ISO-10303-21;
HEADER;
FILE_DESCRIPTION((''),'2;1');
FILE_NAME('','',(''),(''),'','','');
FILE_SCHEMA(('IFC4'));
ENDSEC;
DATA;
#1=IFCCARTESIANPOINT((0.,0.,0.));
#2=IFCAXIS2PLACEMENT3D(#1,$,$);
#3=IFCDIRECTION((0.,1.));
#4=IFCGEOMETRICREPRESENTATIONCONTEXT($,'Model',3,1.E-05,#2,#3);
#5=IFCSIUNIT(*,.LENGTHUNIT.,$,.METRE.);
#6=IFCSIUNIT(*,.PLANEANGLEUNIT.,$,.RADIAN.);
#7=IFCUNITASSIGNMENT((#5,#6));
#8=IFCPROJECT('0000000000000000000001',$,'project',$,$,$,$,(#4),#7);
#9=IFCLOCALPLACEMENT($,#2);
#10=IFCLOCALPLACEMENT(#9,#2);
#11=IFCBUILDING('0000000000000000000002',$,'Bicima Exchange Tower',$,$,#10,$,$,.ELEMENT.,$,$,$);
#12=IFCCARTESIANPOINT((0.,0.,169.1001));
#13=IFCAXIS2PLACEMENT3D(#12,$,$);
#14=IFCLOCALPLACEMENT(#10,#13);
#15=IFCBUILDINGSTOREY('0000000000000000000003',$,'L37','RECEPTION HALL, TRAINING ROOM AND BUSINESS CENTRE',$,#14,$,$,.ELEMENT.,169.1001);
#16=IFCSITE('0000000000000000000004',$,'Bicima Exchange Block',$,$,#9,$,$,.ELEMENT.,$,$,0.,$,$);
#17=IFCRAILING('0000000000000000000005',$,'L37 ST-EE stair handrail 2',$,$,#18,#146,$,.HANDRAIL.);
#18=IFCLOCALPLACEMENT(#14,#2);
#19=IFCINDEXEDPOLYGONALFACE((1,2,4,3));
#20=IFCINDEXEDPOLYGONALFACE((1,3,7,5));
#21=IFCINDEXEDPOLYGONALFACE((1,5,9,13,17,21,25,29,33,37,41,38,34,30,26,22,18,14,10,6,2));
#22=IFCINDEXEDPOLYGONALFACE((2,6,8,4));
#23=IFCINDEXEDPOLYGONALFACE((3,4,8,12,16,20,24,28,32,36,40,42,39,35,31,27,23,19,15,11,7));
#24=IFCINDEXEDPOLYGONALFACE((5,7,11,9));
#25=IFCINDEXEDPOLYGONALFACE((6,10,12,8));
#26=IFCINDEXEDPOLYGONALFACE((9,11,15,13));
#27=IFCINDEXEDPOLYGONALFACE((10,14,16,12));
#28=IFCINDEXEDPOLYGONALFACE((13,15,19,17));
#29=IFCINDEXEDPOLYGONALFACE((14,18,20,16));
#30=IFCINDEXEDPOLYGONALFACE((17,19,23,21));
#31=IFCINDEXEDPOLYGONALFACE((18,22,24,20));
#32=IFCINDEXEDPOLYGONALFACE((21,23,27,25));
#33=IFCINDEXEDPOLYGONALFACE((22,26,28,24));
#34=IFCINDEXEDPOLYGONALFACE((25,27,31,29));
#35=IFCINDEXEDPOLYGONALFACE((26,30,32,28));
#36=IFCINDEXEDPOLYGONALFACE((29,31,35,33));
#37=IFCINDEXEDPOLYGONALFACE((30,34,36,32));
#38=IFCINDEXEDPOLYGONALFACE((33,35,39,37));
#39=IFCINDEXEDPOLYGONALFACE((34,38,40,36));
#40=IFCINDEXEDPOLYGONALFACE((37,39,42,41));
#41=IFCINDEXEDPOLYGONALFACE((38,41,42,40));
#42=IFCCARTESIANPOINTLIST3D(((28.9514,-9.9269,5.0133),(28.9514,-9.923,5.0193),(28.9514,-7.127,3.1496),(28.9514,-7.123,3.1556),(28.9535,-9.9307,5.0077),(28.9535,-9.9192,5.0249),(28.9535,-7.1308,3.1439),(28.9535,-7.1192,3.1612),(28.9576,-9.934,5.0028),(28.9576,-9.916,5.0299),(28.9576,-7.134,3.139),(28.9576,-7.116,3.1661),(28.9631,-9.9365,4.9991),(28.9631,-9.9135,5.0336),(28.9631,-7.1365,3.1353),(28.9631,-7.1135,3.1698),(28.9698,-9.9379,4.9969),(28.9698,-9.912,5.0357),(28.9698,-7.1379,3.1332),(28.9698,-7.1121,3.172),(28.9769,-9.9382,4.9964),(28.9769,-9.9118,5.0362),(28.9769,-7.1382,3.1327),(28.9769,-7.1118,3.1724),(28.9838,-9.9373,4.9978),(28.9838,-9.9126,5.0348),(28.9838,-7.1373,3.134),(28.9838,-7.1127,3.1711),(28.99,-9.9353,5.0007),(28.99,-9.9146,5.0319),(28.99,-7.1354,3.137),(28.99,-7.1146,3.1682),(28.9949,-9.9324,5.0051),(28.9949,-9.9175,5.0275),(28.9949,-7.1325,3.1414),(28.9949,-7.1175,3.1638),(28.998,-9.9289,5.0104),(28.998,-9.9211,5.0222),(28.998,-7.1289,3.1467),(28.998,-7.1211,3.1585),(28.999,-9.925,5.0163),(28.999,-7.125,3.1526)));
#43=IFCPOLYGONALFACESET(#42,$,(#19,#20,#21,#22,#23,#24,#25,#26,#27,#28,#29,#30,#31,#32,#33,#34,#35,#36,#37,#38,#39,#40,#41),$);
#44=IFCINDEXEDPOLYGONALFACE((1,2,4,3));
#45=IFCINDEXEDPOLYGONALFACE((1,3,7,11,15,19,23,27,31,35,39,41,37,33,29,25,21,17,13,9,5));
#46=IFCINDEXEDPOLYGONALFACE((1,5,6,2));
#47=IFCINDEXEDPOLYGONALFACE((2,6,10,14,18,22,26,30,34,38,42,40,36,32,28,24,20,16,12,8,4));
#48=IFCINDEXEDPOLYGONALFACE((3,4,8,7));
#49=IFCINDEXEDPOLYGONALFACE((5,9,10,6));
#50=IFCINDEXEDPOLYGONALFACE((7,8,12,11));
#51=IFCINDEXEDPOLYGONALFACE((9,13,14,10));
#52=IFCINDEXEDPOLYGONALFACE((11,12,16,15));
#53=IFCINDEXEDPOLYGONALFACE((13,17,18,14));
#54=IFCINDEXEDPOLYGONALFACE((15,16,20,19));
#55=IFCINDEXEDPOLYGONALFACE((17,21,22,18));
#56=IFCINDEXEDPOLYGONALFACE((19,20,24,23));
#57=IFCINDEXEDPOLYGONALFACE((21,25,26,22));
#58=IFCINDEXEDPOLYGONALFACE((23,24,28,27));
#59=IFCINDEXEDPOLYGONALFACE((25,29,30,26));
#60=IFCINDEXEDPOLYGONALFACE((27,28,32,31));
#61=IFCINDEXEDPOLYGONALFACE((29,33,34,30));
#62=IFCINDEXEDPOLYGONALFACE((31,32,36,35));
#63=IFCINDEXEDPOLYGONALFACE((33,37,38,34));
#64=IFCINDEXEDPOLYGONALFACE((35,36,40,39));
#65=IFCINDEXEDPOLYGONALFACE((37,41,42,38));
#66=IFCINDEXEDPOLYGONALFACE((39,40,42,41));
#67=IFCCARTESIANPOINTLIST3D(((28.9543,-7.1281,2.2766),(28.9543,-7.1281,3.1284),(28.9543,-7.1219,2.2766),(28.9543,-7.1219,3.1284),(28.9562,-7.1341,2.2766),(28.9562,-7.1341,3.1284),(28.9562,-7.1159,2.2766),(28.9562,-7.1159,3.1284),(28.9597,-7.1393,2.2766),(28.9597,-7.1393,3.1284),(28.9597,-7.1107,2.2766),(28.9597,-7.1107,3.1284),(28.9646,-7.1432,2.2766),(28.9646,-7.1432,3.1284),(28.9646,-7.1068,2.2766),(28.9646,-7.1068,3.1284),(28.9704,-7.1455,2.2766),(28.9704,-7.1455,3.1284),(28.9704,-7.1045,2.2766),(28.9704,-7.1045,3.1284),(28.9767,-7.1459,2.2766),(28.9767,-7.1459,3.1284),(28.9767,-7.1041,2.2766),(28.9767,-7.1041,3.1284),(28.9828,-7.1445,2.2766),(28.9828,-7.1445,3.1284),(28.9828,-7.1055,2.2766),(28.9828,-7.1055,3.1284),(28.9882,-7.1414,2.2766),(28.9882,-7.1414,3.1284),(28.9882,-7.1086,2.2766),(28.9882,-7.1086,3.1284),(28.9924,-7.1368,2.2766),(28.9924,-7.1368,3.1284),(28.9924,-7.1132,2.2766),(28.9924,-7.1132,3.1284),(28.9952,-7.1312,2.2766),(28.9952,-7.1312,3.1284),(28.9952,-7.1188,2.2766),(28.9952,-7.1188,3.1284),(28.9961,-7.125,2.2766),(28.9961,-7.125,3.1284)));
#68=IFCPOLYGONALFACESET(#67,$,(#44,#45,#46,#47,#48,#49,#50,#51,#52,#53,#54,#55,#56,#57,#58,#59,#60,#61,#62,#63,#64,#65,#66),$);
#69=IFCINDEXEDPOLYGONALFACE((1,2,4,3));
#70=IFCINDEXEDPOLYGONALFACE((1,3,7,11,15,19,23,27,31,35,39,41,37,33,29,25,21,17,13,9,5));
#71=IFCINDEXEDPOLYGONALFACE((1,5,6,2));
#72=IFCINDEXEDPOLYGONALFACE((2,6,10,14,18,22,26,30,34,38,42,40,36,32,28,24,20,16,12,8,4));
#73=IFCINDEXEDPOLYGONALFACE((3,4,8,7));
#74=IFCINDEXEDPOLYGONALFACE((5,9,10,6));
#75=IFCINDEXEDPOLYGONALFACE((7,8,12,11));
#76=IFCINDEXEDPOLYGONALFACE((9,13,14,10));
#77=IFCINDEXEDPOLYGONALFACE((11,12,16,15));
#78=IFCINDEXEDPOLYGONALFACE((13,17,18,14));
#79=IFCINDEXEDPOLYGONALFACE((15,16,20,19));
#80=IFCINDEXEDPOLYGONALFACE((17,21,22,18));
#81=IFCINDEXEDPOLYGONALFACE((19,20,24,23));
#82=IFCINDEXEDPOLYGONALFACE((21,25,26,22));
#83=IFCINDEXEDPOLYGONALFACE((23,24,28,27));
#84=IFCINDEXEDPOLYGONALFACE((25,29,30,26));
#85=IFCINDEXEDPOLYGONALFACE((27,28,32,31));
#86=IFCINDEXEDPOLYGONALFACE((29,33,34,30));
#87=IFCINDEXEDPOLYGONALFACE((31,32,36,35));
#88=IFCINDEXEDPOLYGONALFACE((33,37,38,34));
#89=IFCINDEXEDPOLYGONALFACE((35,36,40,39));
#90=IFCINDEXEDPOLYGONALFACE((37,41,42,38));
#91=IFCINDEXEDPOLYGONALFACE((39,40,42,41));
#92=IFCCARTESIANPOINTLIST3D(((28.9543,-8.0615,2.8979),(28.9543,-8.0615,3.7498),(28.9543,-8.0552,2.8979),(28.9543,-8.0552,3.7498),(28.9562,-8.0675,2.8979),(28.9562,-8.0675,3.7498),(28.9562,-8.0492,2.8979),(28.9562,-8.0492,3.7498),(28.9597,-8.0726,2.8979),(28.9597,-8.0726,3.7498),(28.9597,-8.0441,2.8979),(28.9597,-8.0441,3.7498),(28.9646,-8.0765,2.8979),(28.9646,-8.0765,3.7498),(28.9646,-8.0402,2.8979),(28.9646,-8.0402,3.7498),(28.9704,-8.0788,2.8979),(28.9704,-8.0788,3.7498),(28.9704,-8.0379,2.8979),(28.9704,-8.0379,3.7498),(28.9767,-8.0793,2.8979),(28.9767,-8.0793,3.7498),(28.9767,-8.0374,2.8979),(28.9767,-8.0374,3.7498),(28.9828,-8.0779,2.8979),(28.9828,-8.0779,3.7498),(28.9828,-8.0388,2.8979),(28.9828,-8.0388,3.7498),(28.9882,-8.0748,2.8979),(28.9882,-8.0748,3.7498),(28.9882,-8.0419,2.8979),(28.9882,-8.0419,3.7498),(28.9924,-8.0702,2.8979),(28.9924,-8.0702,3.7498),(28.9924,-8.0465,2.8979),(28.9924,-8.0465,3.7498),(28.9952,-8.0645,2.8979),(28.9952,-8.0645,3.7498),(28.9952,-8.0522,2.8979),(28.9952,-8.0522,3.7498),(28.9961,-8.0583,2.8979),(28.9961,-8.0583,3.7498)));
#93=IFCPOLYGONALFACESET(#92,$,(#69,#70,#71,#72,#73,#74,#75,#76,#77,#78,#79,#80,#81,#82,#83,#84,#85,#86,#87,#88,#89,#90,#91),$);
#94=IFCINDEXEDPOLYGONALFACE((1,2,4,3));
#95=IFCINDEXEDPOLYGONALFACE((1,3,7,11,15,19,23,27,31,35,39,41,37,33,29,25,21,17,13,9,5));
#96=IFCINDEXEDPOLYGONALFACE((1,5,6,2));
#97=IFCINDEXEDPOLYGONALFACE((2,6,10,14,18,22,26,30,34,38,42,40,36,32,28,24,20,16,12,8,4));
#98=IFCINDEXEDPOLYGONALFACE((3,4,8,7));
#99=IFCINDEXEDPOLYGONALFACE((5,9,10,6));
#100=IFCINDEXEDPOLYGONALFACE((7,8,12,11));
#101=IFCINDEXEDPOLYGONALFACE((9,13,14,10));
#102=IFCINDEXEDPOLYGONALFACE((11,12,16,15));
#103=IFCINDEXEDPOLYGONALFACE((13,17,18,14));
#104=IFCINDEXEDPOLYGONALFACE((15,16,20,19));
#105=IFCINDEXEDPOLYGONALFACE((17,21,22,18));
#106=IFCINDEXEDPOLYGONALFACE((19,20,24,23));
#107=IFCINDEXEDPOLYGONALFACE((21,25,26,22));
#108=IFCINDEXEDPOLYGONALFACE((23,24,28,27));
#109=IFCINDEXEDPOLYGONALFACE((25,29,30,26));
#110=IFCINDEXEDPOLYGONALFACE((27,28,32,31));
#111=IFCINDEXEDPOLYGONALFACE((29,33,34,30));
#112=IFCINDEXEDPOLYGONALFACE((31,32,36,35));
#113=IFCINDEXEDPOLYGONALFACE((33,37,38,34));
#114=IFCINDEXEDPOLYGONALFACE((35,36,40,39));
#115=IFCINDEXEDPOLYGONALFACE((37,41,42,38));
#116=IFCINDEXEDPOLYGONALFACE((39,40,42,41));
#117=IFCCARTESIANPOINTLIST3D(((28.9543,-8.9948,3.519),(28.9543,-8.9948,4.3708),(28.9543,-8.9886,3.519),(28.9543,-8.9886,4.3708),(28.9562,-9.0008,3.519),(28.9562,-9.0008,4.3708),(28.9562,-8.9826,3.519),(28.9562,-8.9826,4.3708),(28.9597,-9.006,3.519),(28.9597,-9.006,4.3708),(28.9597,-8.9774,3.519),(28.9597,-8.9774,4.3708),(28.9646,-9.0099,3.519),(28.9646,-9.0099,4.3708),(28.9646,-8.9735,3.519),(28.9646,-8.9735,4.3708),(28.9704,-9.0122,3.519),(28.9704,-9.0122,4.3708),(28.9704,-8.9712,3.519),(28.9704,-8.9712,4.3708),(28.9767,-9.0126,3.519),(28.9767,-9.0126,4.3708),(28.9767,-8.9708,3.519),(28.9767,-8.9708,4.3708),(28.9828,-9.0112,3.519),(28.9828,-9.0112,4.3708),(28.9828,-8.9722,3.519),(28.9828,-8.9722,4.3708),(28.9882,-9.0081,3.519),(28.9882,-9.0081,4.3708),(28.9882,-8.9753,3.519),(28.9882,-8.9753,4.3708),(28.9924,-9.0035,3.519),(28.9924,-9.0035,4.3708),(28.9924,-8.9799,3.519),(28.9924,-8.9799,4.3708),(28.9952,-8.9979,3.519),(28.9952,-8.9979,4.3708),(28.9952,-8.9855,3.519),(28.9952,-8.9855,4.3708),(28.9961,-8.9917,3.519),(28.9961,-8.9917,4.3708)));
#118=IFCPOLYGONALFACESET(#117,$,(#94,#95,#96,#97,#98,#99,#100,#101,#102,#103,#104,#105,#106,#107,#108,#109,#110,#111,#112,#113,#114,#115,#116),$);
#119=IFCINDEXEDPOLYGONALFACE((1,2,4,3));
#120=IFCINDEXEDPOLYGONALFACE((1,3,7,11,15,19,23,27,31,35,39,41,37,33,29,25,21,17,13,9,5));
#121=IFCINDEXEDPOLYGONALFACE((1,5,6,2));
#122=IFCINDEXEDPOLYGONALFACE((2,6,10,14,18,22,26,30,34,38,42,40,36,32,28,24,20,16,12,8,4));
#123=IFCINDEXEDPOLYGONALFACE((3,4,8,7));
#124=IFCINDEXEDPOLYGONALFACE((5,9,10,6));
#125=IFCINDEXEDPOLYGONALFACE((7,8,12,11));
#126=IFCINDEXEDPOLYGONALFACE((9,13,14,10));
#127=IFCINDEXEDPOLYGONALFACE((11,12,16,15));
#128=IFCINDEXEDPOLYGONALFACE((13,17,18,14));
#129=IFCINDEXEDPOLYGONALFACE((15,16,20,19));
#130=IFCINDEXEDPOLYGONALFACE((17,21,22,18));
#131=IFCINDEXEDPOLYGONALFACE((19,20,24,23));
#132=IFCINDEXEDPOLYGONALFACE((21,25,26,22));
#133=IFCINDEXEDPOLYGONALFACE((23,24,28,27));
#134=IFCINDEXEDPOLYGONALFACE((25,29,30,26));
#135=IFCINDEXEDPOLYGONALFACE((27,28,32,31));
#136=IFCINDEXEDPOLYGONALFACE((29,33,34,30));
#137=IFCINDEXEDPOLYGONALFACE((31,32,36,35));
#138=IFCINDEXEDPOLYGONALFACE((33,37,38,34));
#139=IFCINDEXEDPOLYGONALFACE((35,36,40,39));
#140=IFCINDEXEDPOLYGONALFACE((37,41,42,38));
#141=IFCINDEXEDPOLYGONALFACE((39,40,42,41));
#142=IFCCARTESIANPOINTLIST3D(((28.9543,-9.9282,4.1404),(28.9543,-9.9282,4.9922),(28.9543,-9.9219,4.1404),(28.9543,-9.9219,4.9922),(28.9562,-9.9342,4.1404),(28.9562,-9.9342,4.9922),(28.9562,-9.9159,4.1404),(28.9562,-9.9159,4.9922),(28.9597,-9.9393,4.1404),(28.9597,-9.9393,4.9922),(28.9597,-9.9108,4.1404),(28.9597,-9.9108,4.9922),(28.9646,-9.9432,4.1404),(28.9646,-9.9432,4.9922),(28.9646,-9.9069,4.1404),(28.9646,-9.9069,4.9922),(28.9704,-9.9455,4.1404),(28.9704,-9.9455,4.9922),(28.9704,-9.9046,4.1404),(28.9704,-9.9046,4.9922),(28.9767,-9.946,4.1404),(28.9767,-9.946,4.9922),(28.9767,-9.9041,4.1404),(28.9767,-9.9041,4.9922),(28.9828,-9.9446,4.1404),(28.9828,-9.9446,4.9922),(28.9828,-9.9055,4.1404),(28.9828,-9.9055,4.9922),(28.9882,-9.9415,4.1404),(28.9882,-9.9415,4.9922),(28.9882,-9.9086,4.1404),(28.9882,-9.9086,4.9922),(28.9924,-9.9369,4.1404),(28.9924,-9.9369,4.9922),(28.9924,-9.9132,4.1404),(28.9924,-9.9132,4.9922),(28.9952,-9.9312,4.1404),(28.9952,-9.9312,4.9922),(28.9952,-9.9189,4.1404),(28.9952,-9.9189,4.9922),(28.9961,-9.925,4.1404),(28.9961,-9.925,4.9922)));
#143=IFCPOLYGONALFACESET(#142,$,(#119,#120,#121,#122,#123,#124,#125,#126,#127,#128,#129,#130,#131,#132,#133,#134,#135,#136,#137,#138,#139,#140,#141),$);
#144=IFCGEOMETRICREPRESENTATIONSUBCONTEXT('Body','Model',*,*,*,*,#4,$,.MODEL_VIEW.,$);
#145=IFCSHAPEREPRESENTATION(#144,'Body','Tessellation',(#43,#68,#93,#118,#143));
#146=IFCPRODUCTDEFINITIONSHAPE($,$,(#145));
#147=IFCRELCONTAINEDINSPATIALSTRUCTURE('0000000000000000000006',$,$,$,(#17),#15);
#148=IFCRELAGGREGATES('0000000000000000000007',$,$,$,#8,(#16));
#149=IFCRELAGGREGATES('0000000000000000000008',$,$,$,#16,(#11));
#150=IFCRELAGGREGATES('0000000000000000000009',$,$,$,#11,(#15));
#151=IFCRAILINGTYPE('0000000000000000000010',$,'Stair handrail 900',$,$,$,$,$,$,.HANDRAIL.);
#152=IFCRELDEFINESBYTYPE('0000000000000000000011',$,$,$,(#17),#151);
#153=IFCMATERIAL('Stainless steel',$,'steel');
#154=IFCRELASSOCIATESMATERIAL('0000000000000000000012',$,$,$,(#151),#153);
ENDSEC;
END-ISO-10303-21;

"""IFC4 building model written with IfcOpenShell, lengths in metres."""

from ifc_helpers import new_model, si_unit, direction, frame, origin, origin_2d, place, context, subcontext, project, spatial, circle, extrude, material, type_object, element, save


model = new_model("IFC4")

# Units and contexts
model_context = context("Model", 3, precision=1e-05, world=origin(), true_north=direction((0.0, 1.0)))
body_context = subcontext(model_context, "Body", "Model", "MODEL_VIEW")
ifc_project = project(units=[si_unit("LENGTHUNIT", "METRE"), si_unit("PLANEANGLEUNIT", "RADIAN")], contexts=[model_context])

# Site, building, storey
site_placement = place(None, origin())
site = spatial("IfcSite", under=ifc_project, at=site_placement, Name="Bicima Exchange Block", CompositionType="ELEMENT", RefElevation=0.0)
building_placement = place(site_placement, origin())
building = spatial("IfcBuilding", under=site, at=building_placement, Name="Bicima Exchange Tower", CompositionType="ELEMENT")
storey_placement = place(building_placement, frame((0.0, 0.0, 169.1001)))
storey = spatial("IfcBuildingStorey", under=building, at=storey_placement, Name="L37", Description="RECEPTION HALL, TRAINING ROOM AND BUSINESS CENTRE", CompositionType="ELEMENT", Elevation=169.1001)

# Railing
ifc_material_1 = material(Name="Stainless steel", Category="steel")
railing_type_1 = type_object("IfcRailingType", Name="Stair handrail 900", PredefinedType="HANDRAIL", material=ifc_material_1)
railing_1_placement = place(storey_placement, frame((28.9751, -7.125, 2.2766)))
element("IfcRailing", 1, at=railing_1_placement, inside=storey, type_object=railing_type_1, Name="L37 ST-EE stair handrail 2", PredefinedType="HANDRAIL", context=body_context, shape_type="SweptSolid", body=[
    extrude(circle(Radius=0.0239, at=origin_2d()), frame((0.0, 0.0, 0.876), z_axis=(0.0, -0.832452, 0.554097), x_axis=(1.0, 0.0, 0.0)), (0.0, 0.0, 1.0), 3.3635),
    extrude(circle(Radius=0.021, at=origin_2d()), origin(), (0.0, 0.0, 1.0), 0.8518),
    extrude(circle(Radius=0.021, at=origin_2d()), frame((0.0, -0.9333, 0.6213)), (0.0, 0.0, 1.0), 0.8518),
    extrude(circle(Radius=0.021, at=origin_2d()), frame((0.0, -1.8667, 1.2424)), (0.0, 0.0, 1.0), 0.8518),
    extrude(circle(Radius=0.021, at=origin_2d()), frame((0.0, -2.8, 1.8638)), (0.0, 0.0, 1.0), 0.8518),
])

save(model, "model.ifc")
